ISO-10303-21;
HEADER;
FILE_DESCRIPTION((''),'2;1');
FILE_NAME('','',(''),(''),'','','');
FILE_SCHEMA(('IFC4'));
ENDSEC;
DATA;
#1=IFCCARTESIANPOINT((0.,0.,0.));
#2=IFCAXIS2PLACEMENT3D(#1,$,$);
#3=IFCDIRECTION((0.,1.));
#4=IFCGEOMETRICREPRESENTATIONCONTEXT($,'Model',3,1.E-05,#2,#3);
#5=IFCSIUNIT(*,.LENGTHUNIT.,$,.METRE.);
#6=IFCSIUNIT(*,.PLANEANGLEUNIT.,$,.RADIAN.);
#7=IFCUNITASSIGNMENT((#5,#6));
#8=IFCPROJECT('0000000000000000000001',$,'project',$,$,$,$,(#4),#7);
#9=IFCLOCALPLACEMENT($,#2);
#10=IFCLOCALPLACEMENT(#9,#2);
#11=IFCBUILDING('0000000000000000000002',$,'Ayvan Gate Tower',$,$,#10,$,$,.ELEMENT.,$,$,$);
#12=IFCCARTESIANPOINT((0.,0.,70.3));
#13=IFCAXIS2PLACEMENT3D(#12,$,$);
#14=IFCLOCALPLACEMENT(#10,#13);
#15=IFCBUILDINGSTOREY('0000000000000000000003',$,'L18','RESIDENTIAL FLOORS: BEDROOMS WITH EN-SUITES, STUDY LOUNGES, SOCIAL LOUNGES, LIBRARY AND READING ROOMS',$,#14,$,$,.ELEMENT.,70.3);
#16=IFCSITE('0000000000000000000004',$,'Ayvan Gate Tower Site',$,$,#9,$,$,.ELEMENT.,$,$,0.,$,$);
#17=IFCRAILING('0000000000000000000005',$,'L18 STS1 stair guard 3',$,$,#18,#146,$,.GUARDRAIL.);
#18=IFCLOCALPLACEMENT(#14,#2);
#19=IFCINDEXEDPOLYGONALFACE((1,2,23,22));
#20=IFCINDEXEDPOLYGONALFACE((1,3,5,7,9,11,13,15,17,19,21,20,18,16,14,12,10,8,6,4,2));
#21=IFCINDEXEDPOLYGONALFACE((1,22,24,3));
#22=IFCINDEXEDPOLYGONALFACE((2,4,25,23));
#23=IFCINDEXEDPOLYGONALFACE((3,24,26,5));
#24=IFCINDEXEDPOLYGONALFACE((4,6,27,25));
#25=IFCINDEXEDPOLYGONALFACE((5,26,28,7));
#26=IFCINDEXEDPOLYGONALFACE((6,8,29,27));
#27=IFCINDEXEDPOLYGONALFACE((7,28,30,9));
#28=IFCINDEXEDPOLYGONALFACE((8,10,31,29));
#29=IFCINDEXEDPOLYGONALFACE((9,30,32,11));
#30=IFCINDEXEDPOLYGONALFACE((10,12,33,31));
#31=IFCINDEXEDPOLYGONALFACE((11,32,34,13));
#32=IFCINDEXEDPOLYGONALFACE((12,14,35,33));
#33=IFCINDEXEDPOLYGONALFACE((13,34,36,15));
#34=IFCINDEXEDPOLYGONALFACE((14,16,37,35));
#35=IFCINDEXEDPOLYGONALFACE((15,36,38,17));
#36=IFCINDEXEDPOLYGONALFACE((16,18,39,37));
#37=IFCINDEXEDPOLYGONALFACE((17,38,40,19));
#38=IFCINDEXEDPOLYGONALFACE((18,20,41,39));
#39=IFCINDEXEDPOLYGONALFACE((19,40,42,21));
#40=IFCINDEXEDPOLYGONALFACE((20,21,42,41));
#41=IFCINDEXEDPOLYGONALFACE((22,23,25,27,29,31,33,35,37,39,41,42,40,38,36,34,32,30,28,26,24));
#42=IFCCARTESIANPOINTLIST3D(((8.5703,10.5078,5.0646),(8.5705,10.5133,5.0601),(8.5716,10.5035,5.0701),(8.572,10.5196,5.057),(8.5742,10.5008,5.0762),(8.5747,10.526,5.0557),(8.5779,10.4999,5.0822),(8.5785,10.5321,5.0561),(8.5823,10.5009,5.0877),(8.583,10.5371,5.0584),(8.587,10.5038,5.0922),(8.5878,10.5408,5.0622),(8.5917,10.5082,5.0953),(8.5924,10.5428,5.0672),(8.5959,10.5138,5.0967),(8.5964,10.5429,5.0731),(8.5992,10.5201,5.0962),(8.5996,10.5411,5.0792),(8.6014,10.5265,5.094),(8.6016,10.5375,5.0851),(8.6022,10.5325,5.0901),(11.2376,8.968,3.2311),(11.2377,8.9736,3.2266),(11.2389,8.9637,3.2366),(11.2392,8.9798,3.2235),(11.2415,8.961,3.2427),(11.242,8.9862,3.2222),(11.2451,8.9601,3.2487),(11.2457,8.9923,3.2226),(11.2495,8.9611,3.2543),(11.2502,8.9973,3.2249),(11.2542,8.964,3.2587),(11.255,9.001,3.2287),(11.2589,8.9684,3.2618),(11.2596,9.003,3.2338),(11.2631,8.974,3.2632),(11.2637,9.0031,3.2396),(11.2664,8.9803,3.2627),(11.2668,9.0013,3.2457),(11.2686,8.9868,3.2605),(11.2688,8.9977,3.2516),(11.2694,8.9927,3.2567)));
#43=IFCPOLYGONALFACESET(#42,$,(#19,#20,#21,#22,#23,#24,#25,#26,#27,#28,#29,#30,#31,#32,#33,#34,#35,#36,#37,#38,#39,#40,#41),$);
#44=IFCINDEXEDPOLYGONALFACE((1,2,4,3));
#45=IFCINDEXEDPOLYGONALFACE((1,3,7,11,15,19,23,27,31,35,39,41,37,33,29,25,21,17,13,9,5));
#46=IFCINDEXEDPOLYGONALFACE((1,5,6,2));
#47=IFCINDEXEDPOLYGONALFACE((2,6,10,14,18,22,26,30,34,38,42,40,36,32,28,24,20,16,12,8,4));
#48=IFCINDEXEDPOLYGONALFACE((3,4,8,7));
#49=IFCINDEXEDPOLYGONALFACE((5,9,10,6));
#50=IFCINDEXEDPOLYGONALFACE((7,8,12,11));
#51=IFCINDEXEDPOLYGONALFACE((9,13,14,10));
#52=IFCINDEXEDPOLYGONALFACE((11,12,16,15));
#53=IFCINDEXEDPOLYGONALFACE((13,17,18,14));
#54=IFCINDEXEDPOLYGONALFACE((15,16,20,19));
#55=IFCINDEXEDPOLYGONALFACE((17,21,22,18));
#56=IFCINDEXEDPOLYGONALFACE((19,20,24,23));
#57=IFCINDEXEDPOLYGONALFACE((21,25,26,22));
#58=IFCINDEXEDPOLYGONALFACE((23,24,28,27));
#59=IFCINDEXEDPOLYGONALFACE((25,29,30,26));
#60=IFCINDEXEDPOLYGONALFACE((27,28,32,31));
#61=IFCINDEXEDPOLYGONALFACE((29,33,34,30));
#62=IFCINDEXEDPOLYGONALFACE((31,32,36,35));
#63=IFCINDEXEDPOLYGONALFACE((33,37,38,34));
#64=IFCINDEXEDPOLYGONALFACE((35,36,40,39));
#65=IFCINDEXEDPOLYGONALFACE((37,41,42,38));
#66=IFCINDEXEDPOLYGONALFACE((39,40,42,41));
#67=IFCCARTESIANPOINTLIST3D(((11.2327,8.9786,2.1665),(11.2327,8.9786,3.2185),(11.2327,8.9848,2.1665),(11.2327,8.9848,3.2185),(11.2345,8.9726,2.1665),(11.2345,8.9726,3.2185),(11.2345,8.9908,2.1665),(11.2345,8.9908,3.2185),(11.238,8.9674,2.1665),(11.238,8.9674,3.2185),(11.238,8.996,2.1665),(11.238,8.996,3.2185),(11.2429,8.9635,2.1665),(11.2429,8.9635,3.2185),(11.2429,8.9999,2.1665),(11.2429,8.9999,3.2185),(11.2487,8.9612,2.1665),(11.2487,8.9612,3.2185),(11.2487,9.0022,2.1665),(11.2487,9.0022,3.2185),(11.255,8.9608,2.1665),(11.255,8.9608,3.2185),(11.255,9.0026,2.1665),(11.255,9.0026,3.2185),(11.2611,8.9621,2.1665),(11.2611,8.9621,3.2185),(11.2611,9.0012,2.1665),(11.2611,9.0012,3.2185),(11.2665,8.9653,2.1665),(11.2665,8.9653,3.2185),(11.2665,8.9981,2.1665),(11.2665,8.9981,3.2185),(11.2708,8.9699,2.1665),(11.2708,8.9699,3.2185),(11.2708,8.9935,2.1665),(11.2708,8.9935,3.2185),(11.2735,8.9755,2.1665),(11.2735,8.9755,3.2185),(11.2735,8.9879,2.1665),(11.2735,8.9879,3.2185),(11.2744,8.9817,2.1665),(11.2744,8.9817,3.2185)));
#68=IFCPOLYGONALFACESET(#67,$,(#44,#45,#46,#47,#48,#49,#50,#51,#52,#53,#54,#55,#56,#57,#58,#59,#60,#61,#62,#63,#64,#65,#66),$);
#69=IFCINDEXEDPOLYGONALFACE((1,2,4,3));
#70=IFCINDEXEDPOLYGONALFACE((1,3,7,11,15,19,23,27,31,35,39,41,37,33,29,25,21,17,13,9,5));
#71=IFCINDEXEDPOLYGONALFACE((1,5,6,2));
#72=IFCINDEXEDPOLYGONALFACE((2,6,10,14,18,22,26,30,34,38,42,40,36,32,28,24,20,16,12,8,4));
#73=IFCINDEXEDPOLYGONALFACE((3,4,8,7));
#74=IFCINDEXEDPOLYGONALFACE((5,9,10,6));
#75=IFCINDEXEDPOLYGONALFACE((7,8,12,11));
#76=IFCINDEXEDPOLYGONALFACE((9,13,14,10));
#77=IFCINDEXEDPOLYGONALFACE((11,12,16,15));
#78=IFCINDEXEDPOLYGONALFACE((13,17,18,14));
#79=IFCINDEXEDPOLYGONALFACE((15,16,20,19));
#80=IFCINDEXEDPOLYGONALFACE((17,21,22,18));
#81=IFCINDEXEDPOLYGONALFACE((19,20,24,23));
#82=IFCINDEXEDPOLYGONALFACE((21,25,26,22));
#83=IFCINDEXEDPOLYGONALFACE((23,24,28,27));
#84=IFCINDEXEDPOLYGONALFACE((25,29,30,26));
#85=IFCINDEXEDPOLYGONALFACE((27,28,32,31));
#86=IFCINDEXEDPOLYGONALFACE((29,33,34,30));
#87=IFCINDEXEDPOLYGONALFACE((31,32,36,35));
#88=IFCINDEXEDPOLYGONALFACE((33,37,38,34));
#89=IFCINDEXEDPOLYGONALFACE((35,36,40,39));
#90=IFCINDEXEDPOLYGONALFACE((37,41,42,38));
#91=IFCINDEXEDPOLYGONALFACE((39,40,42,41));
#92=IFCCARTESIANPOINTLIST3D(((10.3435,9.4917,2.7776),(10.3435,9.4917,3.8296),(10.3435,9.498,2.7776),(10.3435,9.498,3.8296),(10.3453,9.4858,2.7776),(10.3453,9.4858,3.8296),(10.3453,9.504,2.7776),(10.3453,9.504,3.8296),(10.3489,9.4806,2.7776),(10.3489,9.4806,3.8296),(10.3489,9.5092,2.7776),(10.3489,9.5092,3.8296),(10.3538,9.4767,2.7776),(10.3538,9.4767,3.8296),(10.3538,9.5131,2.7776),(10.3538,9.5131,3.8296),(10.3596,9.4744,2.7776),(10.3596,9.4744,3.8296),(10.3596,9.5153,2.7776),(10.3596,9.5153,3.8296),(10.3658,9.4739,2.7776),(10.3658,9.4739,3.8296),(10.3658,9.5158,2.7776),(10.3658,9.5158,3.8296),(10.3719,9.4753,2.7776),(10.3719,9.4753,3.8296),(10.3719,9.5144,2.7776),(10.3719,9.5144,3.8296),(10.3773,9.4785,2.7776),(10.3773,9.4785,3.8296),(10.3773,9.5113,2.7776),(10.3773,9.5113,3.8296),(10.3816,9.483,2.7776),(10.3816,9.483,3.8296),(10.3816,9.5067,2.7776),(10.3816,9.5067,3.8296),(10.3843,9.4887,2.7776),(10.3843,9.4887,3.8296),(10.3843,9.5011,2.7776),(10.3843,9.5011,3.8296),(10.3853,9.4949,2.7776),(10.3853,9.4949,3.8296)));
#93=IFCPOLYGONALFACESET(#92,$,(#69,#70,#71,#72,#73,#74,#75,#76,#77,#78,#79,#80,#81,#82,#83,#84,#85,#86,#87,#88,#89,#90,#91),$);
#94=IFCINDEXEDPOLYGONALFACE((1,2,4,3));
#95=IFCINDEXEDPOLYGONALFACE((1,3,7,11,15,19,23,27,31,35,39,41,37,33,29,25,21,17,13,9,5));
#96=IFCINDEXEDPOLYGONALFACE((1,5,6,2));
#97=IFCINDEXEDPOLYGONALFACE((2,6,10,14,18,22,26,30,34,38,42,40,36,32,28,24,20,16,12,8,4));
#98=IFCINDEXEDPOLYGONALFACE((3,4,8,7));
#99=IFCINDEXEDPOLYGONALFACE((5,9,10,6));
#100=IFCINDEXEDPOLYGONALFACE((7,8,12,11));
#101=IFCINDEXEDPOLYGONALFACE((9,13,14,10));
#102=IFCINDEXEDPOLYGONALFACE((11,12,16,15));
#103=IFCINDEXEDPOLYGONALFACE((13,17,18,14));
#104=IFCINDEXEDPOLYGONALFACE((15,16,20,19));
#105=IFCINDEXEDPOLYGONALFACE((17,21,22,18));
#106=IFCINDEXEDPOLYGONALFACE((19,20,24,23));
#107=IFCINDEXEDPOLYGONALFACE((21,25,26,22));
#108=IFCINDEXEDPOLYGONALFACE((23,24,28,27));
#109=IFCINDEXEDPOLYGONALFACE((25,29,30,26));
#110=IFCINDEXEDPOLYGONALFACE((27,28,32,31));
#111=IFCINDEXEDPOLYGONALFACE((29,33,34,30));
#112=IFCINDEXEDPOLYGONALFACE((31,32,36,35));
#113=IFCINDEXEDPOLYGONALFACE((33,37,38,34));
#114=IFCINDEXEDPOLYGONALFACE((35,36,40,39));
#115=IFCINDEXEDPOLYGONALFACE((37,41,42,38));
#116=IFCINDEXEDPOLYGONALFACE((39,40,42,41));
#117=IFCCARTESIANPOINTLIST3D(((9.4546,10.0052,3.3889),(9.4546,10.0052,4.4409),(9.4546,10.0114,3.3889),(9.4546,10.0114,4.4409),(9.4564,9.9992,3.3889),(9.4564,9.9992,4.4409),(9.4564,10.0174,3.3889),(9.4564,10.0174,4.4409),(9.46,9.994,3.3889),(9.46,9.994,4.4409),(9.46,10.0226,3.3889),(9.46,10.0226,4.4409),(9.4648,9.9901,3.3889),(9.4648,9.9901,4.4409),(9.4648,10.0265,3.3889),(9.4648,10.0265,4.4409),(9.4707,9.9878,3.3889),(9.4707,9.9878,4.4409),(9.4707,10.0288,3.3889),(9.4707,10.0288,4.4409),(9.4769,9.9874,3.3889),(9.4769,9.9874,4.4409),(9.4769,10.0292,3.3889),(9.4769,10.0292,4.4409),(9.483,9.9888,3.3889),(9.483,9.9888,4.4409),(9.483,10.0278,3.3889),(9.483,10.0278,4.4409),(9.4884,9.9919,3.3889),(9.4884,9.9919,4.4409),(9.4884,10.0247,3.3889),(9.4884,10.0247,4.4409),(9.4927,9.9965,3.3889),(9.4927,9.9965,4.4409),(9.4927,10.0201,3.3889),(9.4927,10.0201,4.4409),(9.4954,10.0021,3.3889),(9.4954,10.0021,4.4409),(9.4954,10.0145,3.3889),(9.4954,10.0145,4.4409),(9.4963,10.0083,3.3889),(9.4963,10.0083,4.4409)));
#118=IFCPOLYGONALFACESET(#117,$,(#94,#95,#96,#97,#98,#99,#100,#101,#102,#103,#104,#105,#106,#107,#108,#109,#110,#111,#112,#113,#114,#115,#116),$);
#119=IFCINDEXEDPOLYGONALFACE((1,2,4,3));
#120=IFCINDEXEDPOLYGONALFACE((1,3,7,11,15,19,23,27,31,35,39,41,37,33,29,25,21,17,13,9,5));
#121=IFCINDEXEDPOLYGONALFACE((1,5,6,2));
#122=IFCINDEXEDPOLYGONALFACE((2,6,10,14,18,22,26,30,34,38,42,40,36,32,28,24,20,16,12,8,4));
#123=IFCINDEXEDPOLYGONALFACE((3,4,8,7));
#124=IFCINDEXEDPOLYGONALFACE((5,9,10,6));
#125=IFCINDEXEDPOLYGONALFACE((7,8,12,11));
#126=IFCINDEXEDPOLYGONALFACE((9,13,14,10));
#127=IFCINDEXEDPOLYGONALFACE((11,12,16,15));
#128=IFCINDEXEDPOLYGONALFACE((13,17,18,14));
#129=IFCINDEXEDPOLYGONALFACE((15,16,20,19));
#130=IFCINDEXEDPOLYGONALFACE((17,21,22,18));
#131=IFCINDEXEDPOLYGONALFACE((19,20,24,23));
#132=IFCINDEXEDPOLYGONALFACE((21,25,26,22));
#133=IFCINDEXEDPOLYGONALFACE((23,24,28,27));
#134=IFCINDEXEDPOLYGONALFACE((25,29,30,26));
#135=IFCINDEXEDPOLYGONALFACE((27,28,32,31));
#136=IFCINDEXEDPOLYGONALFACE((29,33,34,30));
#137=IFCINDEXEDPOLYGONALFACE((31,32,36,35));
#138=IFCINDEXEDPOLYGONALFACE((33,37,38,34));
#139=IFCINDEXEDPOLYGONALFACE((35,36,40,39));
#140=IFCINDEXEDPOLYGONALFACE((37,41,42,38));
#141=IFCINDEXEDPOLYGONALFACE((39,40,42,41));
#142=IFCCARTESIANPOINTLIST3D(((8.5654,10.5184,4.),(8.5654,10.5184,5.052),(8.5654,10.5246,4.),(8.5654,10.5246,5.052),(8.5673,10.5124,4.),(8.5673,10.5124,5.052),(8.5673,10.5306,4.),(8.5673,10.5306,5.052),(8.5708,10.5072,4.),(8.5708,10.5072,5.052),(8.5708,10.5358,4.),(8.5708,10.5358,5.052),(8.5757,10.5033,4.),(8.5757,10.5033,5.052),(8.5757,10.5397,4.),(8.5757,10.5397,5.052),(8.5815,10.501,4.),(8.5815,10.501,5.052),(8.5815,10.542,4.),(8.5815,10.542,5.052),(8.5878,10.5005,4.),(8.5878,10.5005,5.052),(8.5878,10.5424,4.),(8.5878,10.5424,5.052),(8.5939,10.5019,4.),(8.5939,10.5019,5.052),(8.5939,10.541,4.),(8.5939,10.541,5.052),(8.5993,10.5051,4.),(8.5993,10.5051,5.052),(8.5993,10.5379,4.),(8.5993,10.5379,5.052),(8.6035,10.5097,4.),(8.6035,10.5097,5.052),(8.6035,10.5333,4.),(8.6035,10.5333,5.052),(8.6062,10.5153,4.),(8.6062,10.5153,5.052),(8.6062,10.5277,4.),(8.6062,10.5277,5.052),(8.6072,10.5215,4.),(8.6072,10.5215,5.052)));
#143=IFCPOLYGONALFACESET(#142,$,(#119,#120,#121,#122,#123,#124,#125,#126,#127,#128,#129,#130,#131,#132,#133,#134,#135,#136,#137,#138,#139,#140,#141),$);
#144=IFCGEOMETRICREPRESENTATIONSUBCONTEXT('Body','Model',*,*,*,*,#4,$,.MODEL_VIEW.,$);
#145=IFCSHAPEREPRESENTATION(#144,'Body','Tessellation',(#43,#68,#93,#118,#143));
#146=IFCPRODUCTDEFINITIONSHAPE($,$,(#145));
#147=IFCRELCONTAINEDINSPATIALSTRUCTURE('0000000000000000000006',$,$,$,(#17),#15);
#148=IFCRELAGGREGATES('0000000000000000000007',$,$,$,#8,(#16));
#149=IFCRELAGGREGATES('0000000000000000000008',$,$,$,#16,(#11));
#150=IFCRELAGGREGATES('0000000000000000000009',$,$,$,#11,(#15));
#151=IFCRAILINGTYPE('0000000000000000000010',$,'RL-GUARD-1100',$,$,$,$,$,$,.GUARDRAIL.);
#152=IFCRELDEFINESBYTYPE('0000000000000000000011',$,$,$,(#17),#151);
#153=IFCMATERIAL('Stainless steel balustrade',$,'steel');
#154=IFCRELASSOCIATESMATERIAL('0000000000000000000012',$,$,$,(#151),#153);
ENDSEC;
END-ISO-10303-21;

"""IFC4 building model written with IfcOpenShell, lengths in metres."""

from ifc_helpers import new_model, si_unit, direction, frame, origin, origin_2d, place, context, subcontext, project, spatial, circle, extrude, material, type_object, element, save


model = new_model("IFC4")

# Units and contexts
model_context = context("Model", 3, precision=1e-05, world=origin(), true_north=direction((0.0, 1.0)))
body_context = subcontext(model_context, "Body", "Model", "MODEL_VIEW")
ifc_project = project(units=[si_unit("LENGTHUNIT", "METRE"), si_unit("PLANEANGLEUNIT", "RADIAN")], contexts=[model_context])

# Site, building, storey
site_placement = place(None, origin())
site = spatial("IfcSite", under=ifc_project, at=site_placement, Name="Ayvan Gate Tower Site", CompositionType="ELEMENT", RefElevation=0.0)
building_placement = place(site_placement, origin())
building = spatial("IfcBuilding", under=site, at=building_placement, Name="Ayvan Gate Tower", CompositionType="ELEMENT")
storey_placement = place(building_placement, frame((0.0, 0.0, 70.3)))
storey = spatial("IfcBuildingStorey", under=building, at=storey_placement, Name="L18", Description="RESIDENTIAL FLOORS: BEDROOMS WITH EN-SUITES, STUDY LOUNGES, SOCIAL LOUNGES, LIBRARY AND READING ROOMS", CompositionType="ELEMENT", Elevation=70.3)

# Railing
ifc_material_1 = material(Name="Stainless steel balustrade", Category="steel")
railing_type_1 = type_object("IfcRailingType", Name="RL-GUARD-1100", PredefinedType="GUARDRAIL", material=ifc_material_1)
railing_1_placement = place(storey_placement, frame((11.2534, 8.9817, 2.1665)))
element("IfcRailing", 1, at=railing_1_placement, inside=storey, type_object=railing_type_1, Name="L18 STS1 stair guard 3", PredefinedType="GUARDRAIL", context=body_context, shape_type="SweptSolid", body=[
    extrude(circle(Radius=0.0239, at=origin_2d()), frame((0.0, 0.0, 1.0762), z_axis=(-0.744155, 0.429601, 0.511543), x_axis=(-0.499967, -0.866044, 0.0)), (0.0, 0.0, 1.0), 3.5842),
    extrude(circle(Radius=0.021, at=origin_2d()), origin(), (0.0, 0.0, 1.0), 1.052),
    extrude(circle(Radius=0.021, at=origin_2d()), frame((-0.8892, 0.5132, 0.6111)), (0.0, 0.0, 1.0), 1.052),
    extrude(circle(Radius=0.021, at=origin_2d()), frame((-1.7781, 1.0266, 1.2224)), (0.0, 0.0, 1.0), 1.052),
    extrude(circle(Radius=0.021, at=origin_2d()), frame((-2.6672, 1.5398, 1.8335)), (0.0, 0.0, 1.0), 1.052),
])

save(model, "model.ifc")
